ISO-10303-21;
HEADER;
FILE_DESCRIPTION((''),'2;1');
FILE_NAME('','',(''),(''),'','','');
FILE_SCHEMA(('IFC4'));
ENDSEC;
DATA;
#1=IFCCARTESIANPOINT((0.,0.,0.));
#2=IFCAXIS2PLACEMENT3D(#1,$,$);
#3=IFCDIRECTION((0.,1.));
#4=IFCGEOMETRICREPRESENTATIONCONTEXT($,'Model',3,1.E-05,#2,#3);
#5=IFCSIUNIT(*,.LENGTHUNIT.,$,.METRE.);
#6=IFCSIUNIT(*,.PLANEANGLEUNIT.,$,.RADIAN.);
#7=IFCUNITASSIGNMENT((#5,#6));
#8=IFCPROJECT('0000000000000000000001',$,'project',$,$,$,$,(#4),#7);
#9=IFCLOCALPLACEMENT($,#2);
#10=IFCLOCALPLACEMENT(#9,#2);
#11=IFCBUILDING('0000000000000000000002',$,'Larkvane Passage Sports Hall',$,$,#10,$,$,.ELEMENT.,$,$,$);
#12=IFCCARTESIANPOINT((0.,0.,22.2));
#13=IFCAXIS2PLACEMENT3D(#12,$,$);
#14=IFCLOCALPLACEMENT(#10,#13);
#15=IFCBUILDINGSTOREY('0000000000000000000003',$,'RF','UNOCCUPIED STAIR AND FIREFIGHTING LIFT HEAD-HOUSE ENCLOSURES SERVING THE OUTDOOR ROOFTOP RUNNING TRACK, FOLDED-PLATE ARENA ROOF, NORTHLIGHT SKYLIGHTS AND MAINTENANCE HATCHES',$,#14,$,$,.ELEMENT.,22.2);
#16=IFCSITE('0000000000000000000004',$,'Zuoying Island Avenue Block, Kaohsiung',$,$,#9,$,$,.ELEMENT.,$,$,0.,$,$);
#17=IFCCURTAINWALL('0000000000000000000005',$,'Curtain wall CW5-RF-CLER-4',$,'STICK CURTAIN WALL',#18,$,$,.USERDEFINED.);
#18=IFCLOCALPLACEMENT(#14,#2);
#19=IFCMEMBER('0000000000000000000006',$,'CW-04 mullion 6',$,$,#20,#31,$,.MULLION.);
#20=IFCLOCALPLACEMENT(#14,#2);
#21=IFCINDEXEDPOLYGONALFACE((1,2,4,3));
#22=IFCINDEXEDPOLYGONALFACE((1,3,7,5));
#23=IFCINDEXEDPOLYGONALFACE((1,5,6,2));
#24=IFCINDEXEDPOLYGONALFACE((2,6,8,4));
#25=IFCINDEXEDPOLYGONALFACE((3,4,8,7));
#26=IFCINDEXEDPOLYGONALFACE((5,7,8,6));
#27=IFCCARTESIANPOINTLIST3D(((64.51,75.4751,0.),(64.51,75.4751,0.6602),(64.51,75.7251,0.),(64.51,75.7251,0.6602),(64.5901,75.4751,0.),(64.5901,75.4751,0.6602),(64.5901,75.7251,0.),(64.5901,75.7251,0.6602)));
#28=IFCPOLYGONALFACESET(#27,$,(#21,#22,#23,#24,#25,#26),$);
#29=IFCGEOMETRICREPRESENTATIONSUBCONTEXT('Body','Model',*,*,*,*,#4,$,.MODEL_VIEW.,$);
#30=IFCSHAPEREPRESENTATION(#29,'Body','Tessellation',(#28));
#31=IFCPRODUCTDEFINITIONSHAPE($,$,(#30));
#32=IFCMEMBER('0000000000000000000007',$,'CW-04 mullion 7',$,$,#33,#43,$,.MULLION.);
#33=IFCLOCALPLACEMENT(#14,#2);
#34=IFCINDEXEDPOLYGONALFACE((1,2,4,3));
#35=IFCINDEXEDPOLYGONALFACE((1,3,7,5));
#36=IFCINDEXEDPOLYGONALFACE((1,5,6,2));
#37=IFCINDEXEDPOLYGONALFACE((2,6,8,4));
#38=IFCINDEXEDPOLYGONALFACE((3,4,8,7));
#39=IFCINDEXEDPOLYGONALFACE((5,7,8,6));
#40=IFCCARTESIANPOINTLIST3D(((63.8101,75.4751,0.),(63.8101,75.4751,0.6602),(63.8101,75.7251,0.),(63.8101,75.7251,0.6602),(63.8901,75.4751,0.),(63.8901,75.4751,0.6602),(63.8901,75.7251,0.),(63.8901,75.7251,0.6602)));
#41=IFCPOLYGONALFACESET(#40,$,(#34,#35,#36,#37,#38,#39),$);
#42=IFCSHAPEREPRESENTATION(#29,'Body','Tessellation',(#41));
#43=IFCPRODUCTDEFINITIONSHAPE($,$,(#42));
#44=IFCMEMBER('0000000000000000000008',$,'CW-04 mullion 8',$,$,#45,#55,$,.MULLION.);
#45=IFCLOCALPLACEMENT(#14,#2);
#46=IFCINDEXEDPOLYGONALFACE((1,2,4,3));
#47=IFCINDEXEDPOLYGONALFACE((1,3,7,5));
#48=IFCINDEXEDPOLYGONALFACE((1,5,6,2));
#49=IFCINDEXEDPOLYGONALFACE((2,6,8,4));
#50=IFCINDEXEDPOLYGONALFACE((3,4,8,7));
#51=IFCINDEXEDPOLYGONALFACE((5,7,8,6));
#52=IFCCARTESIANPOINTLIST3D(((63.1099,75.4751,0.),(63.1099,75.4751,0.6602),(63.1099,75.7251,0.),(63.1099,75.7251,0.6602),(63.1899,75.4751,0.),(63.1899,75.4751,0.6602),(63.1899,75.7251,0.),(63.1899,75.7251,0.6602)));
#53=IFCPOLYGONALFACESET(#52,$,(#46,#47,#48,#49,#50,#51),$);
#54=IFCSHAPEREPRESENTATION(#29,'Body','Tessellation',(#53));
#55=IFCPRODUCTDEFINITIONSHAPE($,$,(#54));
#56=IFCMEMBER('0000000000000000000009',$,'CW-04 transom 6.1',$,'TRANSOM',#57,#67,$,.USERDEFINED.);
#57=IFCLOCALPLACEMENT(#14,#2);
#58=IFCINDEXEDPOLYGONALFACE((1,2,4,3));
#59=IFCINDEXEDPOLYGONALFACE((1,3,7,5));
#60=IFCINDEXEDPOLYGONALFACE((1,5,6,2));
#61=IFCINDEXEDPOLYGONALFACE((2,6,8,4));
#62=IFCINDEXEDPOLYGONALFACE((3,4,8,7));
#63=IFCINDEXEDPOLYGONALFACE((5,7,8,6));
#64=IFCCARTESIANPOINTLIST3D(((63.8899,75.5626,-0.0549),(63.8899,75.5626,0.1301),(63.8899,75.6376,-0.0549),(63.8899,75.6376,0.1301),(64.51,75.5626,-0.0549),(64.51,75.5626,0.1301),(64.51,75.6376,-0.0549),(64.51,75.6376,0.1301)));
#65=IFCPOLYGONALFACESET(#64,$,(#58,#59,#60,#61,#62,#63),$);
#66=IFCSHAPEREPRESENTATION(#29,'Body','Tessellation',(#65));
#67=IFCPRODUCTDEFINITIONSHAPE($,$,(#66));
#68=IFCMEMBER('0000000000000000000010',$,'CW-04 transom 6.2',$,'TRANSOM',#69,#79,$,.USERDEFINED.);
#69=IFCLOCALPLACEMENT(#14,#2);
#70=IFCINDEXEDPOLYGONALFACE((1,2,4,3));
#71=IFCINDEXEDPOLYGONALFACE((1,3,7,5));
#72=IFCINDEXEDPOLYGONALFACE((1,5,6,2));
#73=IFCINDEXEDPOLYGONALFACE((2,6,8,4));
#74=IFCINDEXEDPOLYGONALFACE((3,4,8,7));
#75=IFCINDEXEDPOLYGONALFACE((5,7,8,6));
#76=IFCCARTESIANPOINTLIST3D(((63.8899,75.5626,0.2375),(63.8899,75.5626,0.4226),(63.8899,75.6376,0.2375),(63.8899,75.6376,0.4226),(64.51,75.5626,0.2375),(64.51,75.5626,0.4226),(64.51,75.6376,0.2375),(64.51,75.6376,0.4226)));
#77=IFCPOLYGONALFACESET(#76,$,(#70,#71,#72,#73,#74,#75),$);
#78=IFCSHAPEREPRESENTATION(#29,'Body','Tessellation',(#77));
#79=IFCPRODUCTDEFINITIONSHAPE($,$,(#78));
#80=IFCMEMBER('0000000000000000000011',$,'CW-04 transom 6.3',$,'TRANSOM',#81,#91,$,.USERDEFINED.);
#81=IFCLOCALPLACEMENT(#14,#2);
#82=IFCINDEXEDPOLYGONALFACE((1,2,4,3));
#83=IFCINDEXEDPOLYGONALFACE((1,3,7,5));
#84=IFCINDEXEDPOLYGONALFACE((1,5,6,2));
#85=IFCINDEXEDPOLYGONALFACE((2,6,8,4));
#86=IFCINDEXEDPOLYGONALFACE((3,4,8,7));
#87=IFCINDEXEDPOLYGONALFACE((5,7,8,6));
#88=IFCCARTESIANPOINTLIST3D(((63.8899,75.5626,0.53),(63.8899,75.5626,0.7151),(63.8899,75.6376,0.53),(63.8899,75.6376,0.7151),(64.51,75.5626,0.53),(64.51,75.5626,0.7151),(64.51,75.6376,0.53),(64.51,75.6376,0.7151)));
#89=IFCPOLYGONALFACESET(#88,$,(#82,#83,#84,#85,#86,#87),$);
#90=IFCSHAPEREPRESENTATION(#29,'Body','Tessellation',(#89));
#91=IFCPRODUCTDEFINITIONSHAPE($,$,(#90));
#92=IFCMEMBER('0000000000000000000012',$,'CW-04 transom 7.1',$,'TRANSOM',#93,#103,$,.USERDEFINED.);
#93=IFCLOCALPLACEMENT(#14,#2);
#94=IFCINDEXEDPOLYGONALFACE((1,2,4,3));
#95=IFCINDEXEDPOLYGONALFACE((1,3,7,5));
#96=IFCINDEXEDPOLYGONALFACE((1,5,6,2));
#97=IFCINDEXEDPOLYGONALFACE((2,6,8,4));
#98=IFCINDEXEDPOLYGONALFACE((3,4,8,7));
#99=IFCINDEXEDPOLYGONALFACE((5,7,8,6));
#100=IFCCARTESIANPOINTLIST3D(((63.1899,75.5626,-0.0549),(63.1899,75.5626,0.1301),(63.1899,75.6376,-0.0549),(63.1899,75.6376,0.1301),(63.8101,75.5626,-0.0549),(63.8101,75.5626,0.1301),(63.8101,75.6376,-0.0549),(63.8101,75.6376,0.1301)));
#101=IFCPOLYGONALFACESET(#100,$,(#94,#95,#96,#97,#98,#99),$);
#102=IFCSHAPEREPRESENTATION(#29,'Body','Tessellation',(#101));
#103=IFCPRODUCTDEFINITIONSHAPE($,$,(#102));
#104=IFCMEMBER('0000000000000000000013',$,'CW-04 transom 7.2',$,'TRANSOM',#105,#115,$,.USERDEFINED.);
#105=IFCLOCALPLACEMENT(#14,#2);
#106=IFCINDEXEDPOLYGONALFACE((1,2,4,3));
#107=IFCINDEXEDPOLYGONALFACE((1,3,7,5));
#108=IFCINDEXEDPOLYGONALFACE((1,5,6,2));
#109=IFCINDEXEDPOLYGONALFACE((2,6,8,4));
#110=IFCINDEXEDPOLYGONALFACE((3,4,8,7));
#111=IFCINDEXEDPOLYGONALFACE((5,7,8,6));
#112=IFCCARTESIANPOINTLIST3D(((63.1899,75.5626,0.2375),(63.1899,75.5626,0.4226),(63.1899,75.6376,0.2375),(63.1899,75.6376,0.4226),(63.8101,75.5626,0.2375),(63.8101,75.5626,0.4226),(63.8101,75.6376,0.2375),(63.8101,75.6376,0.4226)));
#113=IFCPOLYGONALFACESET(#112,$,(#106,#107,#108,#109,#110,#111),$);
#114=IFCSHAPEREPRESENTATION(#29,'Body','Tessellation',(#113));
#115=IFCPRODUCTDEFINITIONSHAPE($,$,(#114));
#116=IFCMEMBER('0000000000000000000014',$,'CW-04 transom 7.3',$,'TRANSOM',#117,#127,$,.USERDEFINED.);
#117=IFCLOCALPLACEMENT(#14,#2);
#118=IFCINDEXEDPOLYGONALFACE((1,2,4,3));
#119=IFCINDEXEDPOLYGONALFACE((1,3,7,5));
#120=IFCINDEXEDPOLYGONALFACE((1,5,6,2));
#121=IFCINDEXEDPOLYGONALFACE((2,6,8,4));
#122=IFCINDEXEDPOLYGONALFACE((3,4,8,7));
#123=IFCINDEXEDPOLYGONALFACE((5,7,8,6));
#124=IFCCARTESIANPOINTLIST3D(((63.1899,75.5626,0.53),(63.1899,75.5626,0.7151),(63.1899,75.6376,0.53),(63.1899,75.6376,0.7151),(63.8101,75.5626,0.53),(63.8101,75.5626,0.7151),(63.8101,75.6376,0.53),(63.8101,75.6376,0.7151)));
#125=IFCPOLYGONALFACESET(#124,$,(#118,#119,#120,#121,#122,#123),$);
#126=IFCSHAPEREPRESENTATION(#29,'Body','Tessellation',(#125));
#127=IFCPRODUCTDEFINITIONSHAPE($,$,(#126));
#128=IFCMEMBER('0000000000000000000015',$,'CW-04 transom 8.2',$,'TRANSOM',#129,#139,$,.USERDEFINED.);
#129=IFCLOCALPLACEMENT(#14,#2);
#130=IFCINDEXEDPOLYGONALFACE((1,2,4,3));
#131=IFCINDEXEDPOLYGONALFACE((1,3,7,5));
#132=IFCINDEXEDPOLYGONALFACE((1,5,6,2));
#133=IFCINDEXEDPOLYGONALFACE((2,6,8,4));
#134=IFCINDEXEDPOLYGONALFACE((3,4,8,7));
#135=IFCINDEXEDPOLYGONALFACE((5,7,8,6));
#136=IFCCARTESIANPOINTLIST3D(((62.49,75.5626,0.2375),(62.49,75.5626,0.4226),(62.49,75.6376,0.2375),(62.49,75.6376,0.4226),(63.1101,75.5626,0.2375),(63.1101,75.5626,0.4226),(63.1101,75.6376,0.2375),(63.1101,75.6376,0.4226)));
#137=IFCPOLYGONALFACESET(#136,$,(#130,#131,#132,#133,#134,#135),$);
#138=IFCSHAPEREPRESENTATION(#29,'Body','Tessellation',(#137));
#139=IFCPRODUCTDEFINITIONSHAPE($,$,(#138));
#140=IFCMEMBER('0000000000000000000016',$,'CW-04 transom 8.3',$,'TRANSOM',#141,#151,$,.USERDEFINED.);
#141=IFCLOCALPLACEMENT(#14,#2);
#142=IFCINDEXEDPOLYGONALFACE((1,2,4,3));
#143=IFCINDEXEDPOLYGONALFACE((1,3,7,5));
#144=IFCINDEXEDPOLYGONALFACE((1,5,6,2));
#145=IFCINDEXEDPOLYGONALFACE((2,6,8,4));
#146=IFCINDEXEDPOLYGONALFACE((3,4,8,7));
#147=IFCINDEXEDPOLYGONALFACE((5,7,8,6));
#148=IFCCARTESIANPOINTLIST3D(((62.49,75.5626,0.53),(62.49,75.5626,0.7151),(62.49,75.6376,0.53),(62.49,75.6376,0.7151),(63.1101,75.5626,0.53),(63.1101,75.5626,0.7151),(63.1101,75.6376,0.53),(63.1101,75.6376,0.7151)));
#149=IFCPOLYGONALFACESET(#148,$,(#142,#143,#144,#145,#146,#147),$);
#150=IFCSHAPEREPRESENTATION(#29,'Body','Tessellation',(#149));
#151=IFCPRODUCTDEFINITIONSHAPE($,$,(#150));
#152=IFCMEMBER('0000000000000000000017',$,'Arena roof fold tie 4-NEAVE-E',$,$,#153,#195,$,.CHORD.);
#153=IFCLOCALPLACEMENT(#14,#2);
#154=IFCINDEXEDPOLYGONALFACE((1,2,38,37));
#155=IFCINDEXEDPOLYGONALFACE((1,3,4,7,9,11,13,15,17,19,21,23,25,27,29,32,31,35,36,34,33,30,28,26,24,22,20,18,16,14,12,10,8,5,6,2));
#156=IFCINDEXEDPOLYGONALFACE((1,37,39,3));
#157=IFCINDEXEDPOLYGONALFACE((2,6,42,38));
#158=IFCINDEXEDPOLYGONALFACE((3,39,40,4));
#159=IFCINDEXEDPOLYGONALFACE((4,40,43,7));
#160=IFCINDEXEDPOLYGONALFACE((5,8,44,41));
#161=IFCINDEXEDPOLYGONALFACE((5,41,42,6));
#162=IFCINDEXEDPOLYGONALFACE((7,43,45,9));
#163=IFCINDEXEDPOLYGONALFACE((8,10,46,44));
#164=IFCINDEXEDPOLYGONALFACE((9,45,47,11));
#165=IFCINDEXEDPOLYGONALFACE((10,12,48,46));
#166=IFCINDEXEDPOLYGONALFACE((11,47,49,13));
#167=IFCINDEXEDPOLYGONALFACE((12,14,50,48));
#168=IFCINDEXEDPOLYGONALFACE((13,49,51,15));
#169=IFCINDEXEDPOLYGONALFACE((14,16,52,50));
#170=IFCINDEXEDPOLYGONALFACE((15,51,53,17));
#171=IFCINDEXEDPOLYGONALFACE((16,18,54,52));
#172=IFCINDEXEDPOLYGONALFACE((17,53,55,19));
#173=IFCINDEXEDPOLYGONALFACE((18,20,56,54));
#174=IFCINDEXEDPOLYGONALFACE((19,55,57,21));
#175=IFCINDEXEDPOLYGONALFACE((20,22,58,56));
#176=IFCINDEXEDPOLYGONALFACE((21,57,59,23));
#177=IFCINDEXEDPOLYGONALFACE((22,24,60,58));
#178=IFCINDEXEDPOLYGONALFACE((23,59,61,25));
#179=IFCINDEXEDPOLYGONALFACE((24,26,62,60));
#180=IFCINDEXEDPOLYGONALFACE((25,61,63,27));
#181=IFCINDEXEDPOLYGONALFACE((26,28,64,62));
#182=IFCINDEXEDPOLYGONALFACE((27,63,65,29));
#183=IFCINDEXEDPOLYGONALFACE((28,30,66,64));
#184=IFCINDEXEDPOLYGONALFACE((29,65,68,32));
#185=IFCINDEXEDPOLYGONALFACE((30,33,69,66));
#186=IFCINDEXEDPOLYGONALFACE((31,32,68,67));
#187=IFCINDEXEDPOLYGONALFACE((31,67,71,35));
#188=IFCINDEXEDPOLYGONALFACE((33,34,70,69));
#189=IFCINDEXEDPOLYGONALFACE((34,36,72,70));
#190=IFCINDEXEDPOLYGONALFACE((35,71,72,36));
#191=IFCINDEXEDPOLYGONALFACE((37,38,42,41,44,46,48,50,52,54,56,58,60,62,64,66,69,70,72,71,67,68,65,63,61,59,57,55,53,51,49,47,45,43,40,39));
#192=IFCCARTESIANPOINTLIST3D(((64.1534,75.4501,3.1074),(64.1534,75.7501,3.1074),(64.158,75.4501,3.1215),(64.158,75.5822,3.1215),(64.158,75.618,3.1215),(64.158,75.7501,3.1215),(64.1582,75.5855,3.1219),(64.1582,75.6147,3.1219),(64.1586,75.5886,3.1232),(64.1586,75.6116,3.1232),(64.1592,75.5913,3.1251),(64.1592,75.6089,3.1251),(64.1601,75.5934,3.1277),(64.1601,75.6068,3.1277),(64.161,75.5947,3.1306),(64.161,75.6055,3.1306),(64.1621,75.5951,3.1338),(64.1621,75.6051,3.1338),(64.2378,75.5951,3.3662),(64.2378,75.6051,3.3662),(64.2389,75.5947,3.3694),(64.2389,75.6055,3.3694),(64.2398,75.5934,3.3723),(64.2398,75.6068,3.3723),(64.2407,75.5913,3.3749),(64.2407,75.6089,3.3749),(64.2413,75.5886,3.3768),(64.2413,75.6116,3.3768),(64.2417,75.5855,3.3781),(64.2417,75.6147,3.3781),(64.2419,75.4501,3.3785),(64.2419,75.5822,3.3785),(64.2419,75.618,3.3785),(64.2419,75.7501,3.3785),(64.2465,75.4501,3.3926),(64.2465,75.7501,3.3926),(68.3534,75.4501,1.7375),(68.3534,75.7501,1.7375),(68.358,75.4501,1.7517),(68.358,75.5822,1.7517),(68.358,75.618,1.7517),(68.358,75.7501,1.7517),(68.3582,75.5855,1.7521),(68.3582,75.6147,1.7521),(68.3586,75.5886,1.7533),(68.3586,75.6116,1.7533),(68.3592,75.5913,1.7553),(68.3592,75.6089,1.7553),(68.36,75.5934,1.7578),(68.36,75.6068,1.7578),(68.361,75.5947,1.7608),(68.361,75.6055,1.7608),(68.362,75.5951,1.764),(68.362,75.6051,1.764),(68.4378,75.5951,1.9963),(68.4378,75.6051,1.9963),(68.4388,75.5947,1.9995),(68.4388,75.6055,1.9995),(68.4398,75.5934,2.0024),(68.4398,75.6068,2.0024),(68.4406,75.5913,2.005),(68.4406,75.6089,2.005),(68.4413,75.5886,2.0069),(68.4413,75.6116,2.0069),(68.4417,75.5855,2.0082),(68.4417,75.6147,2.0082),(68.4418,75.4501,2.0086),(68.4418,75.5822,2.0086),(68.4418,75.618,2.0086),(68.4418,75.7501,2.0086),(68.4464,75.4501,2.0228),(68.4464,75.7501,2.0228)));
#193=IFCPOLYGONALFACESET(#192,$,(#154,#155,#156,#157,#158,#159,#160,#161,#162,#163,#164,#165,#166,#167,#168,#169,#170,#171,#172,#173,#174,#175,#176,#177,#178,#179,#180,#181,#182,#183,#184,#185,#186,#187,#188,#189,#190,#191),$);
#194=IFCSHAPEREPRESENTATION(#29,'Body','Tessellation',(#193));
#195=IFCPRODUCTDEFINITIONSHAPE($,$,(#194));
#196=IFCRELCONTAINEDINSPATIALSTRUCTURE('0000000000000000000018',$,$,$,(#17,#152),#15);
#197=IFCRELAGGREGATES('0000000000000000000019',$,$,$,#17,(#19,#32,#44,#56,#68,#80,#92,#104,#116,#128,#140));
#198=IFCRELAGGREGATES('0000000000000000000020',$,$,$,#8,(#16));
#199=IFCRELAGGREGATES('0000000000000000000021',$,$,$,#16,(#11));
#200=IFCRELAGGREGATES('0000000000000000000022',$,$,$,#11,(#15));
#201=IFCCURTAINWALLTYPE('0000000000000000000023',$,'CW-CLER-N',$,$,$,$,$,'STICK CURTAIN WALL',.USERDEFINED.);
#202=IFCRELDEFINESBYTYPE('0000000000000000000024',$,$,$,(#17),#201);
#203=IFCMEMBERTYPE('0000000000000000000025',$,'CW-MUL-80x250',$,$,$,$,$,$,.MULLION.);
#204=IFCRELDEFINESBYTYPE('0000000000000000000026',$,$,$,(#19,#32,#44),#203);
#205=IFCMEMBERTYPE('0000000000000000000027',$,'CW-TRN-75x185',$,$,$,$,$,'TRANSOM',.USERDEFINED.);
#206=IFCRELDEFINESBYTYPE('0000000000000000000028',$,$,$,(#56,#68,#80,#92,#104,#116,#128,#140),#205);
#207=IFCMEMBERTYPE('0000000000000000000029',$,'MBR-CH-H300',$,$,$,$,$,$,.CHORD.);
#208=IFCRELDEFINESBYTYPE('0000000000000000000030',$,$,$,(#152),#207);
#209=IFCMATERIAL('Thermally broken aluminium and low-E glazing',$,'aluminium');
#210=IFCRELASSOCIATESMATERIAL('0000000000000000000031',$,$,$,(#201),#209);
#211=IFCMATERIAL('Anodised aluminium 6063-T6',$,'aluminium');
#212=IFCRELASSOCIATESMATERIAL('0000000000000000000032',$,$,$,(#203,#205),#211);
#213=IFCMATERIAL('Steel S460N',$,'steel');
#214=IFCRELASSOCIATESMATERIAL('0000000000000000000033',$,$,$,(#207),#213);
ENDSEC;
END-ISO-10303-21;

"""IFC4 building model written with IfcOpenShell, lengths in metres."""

from ifc_helpers import new_model, si_unit, direction, frame, origin, origin_2d, place, context, subcontext, project, spatial, rectangle, i_section, extrude, material, material_profile, profile_set, type_object, element, aggregate, save


model = new_model("IFC4")

# Units and contexts
model_context = context("Model", 3, precision=1e-05, world=origin(), true_north=direction((0.0, 1.0)))
body_context = subcontext(model_context, "Body", "Model", "MODEL_VIEW")
ifc_project = project(units=[si_unit("LENGTHUNIT", "METRE"), si_unit("PLANEANGLEUNIT", "RADIAN")], contexts=[model_context])

# Site, building, storey
site_placement = place(None, origin())
site = spatial("IfcSite", under=ifc_project, at=site_placement, Name="Zuoying Island Avenue Block, Kaohsiung", CompositionType="ELEMENT", RefElevation=0.0)
building_placement = place(site_placement, origin())
building = spatial("IfcBuilding", under=site, at=building_placement, Name="Larkvane Passage Sports Hall", CompositionType="ELEMENT")
storey_placement = place(building_placement, frame((0.0, 0.0, 22.2)))
storey = spatial("IfcBuildingStorey", under=building, at=storey_placement, Name="RF", Description="UNOCCUPIED STAIR AND FIREFIGHTING LIFT HEAD-HOUSE ENCLOSURES SERVING THE OUTDOOR ROOFTOP RUNNING TRACK, FOLDED-PLATE ARENA ROOF, NORTHLIGHT SKYLIGHTS AND MAINTENANCE HATCHES", CompositionType="ELEMENT", Elevation=22.2)

# Curtain wall, members
ifc_material_1 = material(Name="Thermally broken aluminium and low-E glazing", Category="aluminium")
curtain_wall_type = type_object("IfcCurtainWallType", Name="CW-CLER-N", ElementType="STICK CURTAIN WALL", PredefinedType="USERDEFINED", material=ifc_material_1)
curtain_wall_placement = place(storey_placement, origin())
curtain_wall = element("IfcCurtainWall", 1, at=curtain_wall_placement, inside=storey, type_object=curtain_wall_type, Name="Curtain wall CW5-RF-CLER-4", ObjectType="STICK CURTAIN WALL", PredefinedType="USERDEFINED")
ifc_material_2 = material(Name="Anodised aluminium 6063-T6", Category="aluminium")
ifc_material_profile_1 = material_profile(ifc_material_2, rectangle(XDim=0.0801, YDim=0.25, at=origin_2d()), Name="ALU-MUL-80x250")
ifc_profile_set_1 = profile_set([ifc_material_profile_1], Name="Anodised aluminium 6063-T6")
member_type_1 = type_object("IfcMemberType", Name="CW-MUL-80x250", PredefinedType="MULLION", material=ifc_profile_set_1)
member_1_placement = place(storey_placement, frame((64.55, 75.6001, 0.0), z_axis=(0.0, 0.0, 1.0), x_axis=(-1.0, 0.0, 0.0)))
member_1 = element("IfcMember", 2, at=member_1_placement, type_object=member_type_1, Name="CW-04 mullion 6", PredefinedType="MULLION", context=body_context, shape_type="SweptSolid", body=[
    extrude(rectangle(XDim=0.0801, YDim=0.25, at=origin_2d()), origin(), (0.0, 0.0, 1.0), 0.6602),
])
member_2_placement = place(storey_placement, frame((63.8501, 75.6001, 0.0), z_axis=(0.0, 0.0, 1.0), x_axis=(-1.0, 0.0, 0.0)))
member_2 = element("IfcMember", 3, at=member_2_placement, type_object=member_type_1, Name="CW-04 mullion 7", PredefinedType="MULLION", context=body_context, shape_type="SweptSolid", body=[
    extrude(rectangle(XDim=0.0801, YDim=0.25, at=origin_2d()), origin(), (0.0, 0.0, 1.0), 0.6602),
])
member_3_placement = place(storey_placement, frame((63.1499, 75.6001, 0.0), z_axis=(0.0, 0.0, 1.0), x_axis=(-1.0, 0.0, 0.0)))
member_3 = element("IfcMember", 4, at=member_3_placement, type_object=member_type_1, Name="CW-04 mullion 8", PredefinedType="MULLION", context=body_context, shape_type="SweptSolid", body=[
    extrude(rectangle(XDim=0.0801, YDim=0.25, at=origin_2d()), origin(), (0.0, 0.0, 1.0), 0.6602),
])
ifc_material_profile_2 = material_profile(ifc_material_2, rectangle(XDim=0.075, YDim=0.1851, at=origin_2d()), Name="ALU-TRN-75x185")
ifc_profile_set_2 = profile_set([ifc_material_profile_2], Name="Anodised aluminium 6063-T6")
member_type_2 = type_object("IfcMemberType", Name="CW-TRN-75x185", ElementType="TRANSOM", PredefinedType="USERDEFINED", material=ifc_profile_set_2)
member_4_placement = place(storey_placement, frame((64.51, 75.6001, 0.0376), z_axis=(-1.0, 0.0, 0.0), x_axis=(0.0, -1.0, 0.0)))
member_4 = element("IfcMember", 5, at=member_4_placement, type_object=member_type_2, Name="CW-04 transom 6.1", ObjectType="TRANSOM", PredefinedType="USERDEFINED", context=body_context, shape_type="SweptSolid", body=[
    extrude(rectangle(XDim=0.075, YDim=0.1851, at=origin_2d()), origin(), (0.0, 0.0, 1.0), 0.6201),
])
member_5_placement = place(storey_placement, frame((64.51, 75.6001, 0.3301), z_axis=(-1.0, 0.0, 0.0), x_axis=(0.0, -1.0, 0.0)))
member_5 = element("IfcMember", 6, at=member_5_placement, type_object=member_type_2, Name="CW-04 transom 6.2", ObjectType="TRANSOM", PredefinedType="USERDEFINED", context=body_context, shape_type="SweptSolid", body=[
    extrude(rectangle(XDim=0.075, YDim=0.1851, at=origin_2d()), origin(), (0.0, 0.0, 1.0), 0.6201),
])
member_6_placement = place(storey_placement, frame((64.51, 75.6001, 0.6226), z_axis=(-1.0, 0.0, 0.0), x_axis=(0.0, -1.0, 0.0)))
member_6 = element("IfcMember", 7, at=member_6_placement, type_object=member_type_2, Name="CW-04 transom 6.3", ObjectType="TRANSOM", PredefinedType="USERDEFINED", context=body_context, shape_type="SweptSolid", body=[
    extrude(rectangle(XDim=0.075, YDim=0.1851, at=origin_2d()), origin(), (0.0, 0.0, 1.0), 0.6201),
])
member_7_placement = place(storey_placement, frame((63.8101, 75.6001, 0.0376), z_axis=(-1.0, 0.0, 0.0), x_axis=(0.0, -1.0, 0.0)))
member_7 = element("IfcMember", 8, at=member_7_placement, type_object=member_type_2, Name="CW-04 transom 7.1", ObjectType="TRANSOM", PredefinedType="USERDEFINED", context=body_context, shape_type="SweptSolid", body=[
    extrude(rectangle(XDim=0.075, YDim=0.1851, at=origin_2d()), origin(), (0.0, 0.0, 1.0), 0.6201),
])
member_8_placement = place(storey_placement, frame((63.8101, 75.6001, 0.3301), z_axis=(-1.0, 0.0, 0.0), x_axis=(0.0, -1.0, 0.0)))
member_8 = element("IfcMember", 9, at=member_8_placement, type_object=member_type_2, Name="CW-04 transom 7.2", ObjectType="TRANSOM", PredefinedType="USERDEFINED", context=body_context, shape_type="SweptSolid", body=[
    extrude(rectangle(XDim=0.075, YDim=0.1851, at=origin_2d()), origin(), (0.0, 0.0, 1.0), 0.6201),
])
member_9_placement = place(storey_placement, frame((63.8101, 75.6001, 0.6226), z_axis=(-1.0, 0.0, 0.0), x_axis=(0.0, -1.0, 0.0)))
member_9 = element("IfcMember", 10, at=member_9_placement, type_object=member_type_2, Name="CW-04 transom 7.3", ObjectType="TRANSOM", PredefinedType="USERDEFINED", context=body_context, shape_type="SweptSolid", body=[
    extrude(rectangle(XDim=0.075, YDim=0.1851, at=origin_2d()), origin(), (0.0, 0.0, 1.0), 0.6201),
])
member_10_placement = place(storey_placement, frame((63.1101, 75.6001, 0.3301), z_axis=(-1.0, 0.0, 0.0), x_axis=(0.0, -1.0, 0.0)))
member_10 = element("IfcMember", 11, at=member_10_placement, type_object=member_type_2, Name="CW-04 transom 8.2", ObjectType="TRANSOM", PredefinedType="USERDEFINED", context=body_context, shape_type="SweptSolid", body=[
    extrude(rectangle(XDim=0.075, YDim=0.1851, at=origin_2d()), origin(), (0.0, 0.0, 1.0), 0.6201),
])
member_11_placement = place(storey_placement, frame((63.1101, 75.6001, 0.6226), z_axis=(-1.0, 0.0, 0.0), x_axis=(0.0, -1.0, 0.0)))
member_11 = element("IfcMember", 12, at=member_11_placement, type_object=member_type_2, Name="CW-04 transom 8.3", ObjectType="TRANSOM", PredefinedType="USERDEFINED", context=body_context, shape_type="SweptSolid", body=[
    extrude(rectangle(XDim=0.075, YDim=0.1851, at=origin_2d()), origin(), (0.0, 0.0, 1.0), 0.6201),
])

# Member
ifc_material_3 = material(Name="Steel S460N", Category="steel")
ifc_material_profile_3 = material_profile(ifc_material_3, i_section(OverallWidth=0.3, OverallDepth=0.3, WebThickness=0.01, FlangeThickness=0.0149, FilletRadius=0.0129, at=origin_2d()), Name="H-300x300x10x15")
ifc_profile_set_3 = profile_set([ifc_material_profile_3], Name="Steel S460N")
member_type_3 = type_object("IfcMemberType", Name="MBR-CH-H300", PredefinedType="CHORD", material=ifc_profile_set_3)
member_12_placement = place(storey_placement, frame((64.2, 75.6001, 3.25), z_axis=(0.950708, 0.0, -0.310087), x_axis=(0.0, 1.0, 0.0)))
element("IfcMember", 13, at=member_12_placement, inside=storey, type_object=member_type_3, Name="Arena roof fold tie 4-NEAVE-E", PredefinedType="CHORD", context=body_context, shape_type="SweptSolid", body=[
    extrude(i_section(OverallWidth=0.3, OverallDepth=0.3, WebThickness=0.01, FlangeThickness=0.0149, FilletRadius=0.0129, at=origin_2d()), origin(), (0.0, 0.0, 1.0), 4.4177),
])

aggregate(curtain_wall, [member_1, member_2, member_3, member_4, member_5, member_6, member_7, member_8, member_9, member_10, member_11])

save(model, "model.ifc")
